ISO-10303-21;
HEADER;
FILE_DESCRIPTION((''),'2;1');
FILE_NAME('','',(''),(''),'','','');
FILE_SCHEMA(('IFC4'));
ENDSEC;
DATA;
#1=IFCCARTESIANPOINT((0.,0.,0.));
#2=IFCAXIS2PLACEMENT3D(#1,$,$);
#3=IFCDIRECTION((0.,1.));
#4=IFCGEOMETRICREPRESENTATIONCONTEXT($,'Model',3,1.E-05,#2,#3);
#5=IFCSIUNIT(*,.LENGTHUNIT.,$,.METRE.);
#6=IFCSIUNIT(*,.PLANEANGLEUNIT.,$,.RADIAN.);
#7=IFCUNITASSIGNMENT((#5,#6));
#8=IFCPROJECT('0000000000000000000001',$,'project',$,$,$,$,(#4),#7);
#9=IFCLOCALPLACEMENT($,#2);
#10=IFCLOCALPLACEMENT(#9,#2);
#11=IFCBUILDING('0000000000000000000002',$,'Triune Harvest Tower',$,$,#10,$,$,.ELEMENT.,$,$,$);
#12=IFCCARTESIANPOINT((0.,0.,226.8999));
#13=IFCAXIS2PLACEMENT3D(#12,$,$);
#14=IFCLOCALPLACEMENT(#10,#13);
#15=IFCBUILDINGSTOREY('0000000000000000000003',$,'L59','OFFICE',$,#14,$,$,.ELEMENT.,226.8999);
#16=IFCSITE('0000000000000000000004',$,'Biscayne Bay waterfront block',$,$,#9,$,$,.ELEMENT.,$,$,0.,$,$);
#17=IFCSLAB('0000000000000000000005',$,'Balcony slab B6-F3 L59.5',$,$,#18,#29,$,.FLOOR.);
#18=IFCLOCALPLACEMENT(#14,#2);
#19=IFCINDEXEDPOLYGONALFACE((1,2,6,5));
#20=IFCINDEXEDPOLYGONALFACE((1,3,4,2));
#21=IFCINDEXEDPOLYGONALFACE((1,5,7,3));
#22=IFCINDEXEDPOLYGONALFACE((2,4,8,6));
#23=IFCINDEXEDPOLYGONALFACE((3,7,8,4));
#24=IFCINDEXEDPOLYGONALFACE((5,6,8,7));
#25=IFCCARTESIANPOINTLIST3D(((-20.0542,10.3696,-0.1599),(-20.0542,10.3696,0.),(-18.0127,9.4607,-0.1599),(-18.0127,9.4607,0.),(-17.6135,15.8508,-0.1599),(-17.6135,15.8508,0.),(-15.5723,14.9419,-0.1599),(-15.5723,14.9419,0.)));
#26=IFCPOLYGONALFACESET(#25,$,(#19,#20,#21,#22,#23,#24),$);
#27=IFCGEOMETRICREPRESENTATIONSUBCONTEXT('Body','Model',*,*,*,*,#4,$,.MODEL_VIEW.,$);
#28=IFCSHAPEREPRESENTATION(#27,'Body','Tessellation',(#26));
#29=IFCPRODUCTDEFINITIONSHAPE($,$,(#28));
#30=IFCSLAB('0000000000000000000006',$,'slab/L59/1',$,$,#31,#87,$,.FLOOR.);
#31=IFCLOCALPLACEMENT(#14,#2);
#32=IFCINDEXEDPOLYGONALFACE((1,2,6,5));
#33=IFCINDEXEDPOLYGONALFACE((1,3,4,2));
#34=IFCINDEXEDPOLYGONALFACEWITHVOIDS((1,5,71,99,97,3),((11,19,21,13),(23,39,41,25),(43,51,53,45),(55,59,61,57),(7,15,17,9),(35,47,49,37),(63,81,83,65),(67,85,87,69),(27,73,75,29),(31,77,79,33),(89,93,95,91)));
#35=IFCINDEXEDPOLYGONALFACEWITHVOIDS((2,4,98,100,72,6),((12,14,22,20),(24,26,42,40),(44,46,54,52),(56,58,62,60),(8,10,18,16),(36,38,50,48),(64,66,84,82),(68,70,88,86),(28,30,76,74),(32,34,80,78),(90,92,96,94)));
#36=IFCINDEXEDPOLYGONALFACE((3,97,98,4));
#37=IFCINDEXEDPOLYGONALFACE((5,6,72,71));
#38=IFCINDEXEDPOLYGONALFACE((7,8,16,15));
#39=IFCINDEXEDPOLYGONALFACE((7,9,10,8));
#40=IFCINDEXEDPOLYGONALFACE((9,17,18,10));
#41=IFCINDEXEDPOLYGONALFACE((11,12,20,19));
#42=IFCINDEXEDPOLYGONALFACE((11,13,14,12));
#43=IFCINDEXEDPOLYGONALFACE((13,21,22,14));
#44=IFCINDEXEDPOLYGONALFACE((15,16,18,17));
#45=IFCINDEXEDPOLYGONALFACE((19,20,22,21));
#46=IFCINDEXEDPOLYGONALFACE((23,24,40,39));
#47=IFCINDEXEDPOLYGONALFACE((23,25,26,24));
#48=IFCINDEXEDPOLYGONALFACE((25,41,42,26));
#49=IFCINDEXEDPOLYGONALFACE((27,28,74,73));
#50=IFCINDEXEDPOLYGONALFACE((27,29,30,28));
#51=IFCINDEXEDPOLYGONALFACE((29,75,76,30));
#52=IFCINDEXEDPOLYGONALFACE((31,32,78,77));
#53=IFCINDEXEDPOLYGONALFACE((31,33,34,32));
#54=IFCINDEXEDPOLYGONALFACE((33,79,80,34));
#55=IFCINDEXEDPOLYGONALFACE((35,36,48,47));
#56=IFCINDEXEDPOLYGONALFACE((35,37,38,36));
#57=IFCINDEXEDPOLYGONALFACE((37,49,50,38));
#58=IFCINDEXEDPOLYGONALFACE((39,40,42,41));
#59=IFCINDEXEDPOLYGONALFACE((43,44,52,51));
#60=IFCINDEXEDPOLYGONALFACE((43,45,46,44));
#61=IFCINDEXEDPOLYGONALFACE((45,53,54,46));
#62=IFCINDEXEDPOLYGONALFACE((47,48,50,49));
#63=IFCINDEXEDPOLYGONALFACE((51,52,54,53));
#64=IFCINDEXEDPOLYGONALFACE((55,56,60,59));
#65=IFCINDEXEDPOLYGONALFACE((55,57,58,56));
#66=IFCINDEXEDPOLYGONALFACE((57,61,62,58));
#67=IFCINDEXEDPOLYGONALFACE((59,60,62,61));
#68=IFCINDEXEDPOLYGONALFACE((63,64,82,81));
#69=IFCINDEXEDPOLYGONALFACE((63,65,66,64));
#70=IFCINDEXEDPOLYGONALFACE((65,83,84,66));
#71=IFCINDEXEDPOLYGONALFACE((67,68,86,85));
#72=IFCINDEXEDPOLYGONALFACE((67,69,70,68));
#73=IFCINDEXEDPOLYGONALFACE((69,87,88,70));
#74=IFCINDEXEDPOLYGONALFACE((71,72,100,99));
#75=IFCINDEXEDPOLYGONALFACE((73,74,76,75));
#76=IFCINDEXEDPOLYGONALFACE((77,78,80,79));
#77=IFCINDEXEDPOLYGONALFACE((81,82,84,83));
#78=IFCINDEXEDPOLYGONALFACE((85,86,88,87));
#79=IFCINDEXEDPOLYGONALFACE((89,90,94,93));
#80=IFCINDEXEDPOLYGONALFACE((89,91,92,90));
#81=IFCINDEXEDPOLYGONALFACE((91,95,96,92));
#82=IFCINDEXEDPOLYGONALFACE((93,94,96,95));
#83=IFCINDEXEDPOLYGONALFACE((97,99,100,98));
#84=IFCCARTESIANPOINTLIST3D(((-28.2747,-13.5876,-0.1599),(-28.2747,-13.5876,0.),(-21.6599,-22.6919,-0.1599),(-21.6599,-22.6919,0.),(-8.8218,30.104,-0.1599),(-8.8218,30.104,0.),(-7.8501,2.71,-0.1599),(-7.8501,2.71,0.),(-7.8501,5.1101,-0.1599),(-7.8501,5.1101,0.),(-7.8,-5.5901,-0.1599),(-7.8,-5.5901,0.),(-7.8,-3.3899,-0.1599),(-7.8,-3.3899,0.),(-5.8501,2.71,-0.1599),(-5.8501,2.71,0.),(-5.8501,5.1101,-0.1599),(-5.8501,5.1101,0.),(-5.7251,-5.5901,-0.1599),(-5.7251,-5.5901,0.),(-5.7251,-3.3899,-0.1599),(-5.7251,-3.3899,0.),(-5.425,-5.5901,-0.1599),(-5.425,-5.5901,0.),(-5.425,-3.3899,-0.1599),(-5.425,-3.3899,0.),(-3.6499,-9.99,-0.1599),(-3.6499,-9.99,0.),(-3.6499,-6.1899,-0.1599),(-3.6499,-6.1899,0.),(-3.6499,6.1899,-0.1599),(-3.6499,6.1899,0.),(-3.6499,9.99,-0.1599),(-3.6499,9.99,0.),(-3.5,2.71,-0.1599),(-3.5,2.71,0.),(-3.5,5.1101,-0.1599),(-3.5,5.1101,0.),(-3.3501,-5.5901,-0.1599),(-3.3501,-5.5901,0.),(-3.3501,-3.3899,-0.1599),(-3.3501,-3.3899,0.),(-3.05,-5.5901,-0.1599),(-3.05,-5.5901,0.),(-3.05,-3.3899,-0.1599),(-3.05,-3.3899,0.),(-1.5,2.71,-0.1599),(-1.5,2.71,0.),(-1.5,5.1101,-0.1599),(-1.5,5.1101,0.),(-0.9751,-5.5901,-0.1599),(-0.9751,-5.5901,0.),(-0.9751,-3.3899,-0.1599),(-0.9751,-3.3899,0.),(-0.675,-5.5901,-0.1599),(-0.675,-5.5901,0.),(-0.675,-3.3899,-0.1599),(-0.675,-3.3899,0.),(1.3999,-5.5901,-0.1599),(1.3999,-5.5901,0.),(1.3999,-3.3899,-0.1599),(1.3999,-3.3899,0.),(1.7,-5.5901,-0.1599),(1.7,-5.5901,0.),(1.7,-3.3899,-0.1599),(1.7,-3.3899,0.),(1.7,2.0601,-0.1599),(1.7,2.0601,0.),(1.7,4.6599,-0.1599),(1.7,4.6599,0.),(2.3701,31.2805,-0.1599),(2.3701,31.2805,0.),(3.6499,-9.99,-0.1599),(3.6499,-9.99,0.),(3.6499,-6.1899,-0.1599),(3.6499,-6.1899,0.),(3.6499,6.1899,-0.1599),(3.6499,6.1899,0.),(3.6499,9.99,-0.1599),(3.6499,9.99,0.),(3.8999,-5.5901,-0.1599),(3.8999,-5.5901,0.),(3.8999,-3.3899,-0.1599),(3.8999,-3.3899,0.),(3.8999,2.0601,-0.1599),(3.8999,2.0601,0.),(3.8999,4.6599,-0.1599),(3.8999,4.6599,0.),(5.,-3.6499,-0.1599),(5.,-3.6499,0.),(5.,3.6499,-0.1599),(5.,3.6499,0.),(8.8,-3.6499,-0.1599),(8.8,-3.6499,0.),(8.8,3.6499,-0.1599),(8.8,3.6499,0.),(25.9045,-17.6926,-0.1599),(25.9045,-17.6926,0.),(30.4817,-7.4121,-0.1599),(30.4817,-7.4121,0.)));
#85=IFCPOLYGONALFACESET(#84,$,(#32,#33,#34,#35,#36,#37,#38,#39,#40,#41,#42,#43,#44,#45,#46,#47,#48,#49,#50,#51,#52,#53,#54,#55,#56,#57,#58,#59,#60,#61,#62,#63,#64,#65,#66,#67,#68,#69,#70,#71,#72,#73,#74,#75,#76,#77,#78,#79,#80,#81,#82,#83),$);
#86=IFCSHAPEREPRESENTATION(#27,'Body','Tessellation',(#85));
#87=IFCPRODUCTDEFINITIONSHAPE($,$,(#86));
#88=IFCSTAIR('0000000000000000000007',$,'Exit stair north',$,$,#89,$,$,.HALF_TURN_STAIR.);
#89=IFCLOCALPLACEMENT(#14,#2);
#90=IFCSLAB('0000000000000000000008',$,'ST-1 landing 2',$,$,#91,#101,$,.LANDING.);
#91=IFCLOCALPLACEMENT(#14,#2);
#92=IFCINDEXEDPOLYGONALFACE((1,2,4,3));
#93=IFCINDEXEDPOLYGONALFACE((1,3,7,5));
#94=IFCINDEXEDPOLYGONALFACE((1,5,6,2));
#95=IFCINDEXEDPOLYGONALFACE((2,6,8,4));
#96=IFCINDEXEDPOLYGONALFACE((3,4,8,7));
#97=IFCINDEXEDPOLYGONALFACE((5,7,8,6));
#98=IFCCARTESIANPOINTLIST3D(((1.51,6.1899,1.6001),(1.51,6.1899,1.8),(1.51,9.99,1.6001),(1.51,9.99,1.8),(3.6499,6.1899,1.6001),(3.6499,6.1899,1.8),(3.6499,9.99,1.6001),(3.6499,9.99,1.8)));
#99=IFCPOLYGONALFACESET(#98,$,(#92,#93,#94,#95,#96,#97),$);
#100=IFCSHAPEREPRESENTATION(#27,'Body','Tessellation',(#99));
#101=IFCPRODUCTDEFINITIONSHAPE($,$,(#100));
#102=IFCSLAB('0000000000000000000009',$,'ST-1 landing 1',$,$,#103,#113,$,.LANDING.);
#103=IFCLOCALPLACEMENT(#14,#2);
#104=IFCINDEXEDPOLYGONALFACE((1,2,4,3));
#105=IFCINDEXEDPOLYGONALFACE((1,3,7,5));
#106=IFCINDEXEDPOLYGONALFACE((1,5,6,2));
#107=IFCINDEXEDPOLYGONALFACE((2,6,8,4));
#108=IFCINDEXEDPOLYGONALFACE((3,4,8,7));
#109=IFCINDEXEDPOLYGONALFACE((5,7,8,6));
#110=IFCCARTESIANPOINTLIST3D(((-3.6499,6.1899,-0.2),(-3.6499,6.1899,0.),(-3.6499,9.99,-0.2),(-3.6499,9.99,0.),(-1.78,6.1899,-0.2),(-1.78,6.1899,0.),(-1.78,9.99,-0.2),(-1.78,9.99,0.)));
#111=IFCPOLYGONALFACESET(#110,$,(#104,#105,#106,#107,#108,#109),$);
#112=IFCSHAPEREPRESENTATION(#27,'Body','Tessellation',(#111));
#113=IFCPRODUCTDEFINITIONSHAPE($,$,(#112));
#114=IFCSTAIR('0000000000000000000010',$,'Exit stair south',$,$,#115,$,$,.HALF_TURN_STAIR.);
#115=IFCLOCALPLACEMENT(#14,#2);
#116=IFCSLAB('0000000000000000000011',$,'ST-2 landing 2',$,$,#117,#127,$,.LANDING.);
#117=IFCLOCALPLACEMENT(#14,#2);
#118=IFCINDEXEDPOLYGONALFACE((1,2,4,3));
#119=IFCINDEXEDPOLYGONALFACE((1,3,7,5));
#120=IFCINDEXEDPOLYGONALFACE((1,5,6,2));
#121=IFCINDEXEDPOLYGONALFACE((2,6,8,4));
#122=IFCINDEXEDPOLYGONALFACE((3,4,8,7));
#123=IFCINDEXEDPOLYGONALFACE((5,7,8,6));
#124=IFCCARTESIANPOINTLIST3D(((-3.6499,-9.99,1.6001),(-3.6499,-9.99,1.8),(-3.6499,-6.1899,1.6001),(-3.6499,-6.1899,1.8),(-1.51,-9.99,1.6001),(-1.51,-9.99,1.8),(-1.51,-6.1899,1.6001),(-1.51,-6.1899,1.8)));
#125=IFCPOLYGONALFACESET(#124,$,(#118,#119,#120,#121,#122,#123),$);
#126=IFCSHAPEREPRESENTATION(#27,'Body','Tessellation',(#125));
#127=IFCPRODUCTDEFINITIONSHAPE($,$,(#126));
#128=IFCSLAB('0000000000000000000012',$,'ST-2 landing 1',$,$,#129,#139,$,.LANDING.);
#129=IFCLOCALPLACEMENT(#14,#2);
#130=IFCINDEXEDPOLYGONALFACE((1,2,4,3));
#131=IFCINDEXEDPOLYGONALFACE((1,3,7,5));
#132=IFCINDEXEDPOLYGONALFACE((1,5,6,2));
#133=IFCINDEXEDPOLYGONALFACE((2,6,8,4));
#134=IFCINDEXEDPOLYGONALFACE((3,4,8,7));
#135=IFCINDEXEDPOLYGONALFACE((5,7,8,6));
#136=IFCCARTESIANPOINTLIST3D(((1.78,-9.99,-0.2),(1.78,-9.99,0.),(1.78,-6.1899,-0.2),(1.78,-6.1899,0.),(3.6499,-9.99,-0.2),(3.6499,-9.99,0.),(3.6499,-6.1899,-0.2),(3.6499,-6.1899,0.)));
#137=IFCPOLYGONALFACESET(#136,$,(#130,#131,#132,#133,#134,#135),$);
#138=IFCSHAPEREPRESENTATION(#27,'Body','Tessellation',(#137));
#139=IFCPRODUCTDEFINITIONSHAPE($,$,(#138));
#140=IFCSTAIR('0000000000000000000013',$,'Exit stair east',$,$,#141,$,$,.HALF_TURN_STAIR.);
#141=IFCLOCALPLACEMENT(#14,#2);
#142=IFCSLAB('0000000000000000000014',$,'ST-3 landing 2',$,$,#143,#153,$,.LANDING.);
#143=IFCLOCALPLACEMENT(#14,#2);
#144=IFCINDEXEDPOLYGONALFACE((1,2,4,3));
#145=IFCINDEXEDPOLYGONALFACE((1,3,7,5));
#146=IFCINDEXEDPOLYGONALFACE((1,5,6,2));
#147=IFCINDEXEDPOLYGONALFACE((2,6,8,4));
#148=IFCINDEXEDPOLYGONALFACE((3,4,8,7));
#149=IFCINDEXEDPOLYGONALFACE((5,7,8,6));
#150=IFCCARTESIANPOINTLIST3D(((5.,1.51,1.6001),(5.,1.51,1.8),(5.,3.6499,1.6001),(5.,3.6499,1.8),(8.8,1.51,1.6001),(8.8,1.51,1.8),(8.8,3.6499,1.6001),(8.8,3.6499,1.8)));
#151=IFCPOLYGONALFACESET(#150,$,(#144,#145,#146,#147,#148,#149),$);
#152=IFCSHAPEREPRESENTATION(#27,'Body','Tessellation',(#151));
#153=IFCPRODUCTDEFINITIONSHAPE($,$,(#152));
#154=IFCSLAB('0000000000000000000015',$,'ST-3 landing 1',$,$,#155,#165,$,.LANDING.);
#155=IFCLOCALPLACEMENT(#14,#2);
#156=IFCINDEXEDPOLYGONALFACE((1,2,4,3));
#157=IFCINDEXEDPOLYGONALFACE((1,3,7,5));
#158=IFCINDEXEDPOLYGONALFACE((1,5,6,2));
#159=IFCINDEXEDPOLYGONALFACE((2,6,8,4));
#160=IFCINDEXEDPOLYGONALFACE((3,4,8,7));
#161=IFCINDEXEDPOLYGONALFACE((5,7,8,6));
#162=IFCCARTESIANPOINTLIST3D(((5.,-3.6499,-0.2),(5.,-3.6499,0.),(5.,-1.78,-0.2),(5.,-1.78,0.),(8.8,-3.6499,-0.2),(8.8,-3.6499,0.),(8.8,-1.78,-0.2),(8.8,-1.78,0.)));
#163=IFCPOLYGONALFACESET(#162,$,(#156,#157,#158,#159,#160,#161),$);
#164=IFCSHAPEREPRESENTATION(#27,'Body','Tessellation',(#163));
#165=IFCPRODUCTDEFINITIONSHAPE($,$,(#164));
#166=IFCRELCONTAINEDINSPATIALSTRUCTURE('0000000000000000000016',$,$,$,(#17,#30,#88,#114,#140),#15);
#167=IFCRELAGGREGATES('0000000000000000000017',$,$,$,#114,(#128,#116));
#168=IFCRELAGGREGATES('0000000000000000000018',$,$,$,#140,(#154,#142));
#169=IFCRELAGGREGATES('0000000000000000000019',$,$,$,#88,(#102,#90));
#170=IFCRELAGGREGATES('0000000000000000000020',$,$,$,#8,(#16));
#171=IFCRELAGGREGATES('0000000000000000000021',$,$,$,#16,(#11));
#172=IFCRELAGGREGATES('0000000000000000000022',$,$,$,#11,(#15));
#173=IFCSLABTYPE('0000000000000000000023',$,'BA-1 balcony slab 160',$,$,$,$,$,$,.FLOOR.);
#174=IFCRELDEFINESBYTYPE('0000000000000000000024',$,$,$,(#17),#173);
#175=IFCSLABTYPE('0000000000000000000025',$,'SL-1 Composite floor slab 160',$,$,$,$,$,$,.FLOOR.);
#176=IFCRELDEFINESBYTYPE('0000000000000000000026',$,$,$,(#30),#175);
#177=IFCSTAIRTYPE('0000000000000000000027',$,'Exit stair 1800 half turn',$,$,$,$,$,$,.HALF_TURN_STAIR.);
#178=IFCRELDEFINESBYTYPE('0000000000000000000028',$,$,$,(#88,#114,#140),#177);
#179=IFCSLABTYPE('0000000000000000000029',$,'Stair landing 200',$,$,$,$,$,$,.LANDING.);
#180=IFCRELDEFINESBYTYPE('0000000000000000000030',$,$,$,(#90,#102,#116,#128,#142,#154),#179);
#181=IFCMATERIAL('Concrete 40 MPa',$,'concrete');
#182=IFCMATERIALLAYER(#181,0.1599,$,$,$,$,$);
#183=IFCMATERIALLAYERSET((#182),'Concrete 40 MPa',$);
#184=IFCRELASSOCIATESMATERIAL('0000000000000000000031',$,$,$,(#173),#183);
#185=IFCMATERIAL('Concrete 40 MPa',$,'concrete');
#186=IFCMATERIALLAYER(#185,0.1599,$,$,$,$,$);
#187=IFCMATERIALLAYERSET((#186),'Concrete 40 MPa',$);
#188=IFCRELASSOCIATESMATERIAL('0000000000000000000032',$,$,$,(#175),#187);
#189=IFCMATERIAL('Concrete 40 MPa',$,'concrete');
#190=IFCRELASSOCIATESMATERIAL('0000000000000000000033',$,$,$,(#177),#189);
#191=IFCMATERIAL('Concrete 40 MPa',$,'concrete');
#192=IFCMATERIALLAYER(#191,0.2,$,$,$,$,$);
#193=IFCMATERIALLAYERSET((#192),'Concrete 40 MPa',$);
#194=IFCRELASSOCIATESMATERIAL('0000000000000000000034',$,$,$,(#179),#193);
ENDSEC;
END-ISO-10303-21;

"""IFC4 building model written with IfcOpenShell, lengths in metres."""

from ifc_helpers import new_model, si_unit, direction, frame, origin, place, context, subcontext, project, spatial, polyline, outline, extrude, source, transform, mapped, material, layer, layer_set, type_object, element, aggregate, save


model = new_model("IFC4")

# Units and contexts
model_context = context("Model", 3, precision=1e-05, world=origin(), true_north=direction((0.0, 1.0)))
body_context = subcontext(model_context, "Body", "Model", "MODEL_VIEW")
ifc_project = project(units=[si_unit("LENGTHUNIT", "METRE"), si_unit("PLANEANGLEUNIT", "RADIAN")], contexts=[model_context])

# Site, building, storey
site_placement = place(None, origin())
site = spatial("IfcSite", under=ifc_project, at=site_placement, Name="Biscayne Bay waterfront block", CompositionType="ELEMENT", RefElevation=0.0)
building_placement = place(site_placement, origin())
building = spatial("IfcBuilding", under=site, at=building_placement, Name="Triune Harvest Tower", CompositionType="ELEMENT")
storey_placement = place(building_placement, frame((0.0, 0.0, 226.8999)))
storey = spatial("IfcBuildingStorey", under=building, at=storey_placement, Name="L59", Description="OFFICE", CompositionType="ELEMENT", Elevation=226.8999)

# Slabs
ifc_material_1 = material(Name="Concrete 40 MPa", Category="concrete")
ifc_layer_1 = layer(ifc_material_1, 0.1599)
ifc_layer_set_1 = layer_set([ifc_layer_1], Name="Concrete 40 MPa")
slab_type_1 = type_object("IfcSlabType", Name="BA-1 balcony slab 160", PredefinedType="FLOOR", material=ifc_layer_set_1)
slab_1_placement = place(storey_placement, frame((0.0, 0.0, -0.1599)))
element("IfcSlab", 1, at=slab_1_placement, inside=storey, type_object=slab_type_1, Name="Balcony slab B6-F3 L59.5", PredefinedType="FLOOR", context=body_context, shape_type="SweptSolid", body=[
    extrude(outline(polyline([(-15.5723, 14.9419), (-18.0127, 9.4607), (-20.0542, 10.3696), (-17.6135, 15.8508), (-15.5723, 14.9419)])), origin(), (0.0, 0.0, 1.0), 0.1599),
])
ifc_material_2 = material(Name="Concrete 40 MPa", Category="concrete")
ifc_layer_2 = layer(ifc_material_2, 0.1599)
ifc_layer_set_2 = layer_set([ifc_layer_2], Name="Concrete 40 MPa")
slab_type_2 = type_object("IfcSlabType", Name="SL-1 Composite floor slab 160", PredefinedType="FLOOR", material=ifc_layer_set_2)
shared_shape_1 = source(origin(), body_context, "Body", "SweptSolid", [
    extrude(outline(polyline([(30.4817, -7.4121), (2.3701, 31.2805), (-8.8218, 30.104), (-28.2747, -13.5876), (-21.6599, -22.6919), (25.9045, -17.6926), (30.4817, -7.4121)]), holes=[polyline([(-5.7251, -5.5901), (-5.7251, -3.3899), (-7.8, -3.3899), (-7.8, -5.5901), (-5.7251, -5.5901)]), polyline([(-3.3501, -5.5901), (-3.3501, -3.3899), (-5.425, -3.3899), (-5.425, -5.5901), (-3.3501, -5.5901)]), polyline([(-0.9751, -5.5901), (-0.9751, -3.3899), (-3.05, -3.3899), (-3.05, -5.5901), (-0.9751, -5.5901)]), polyline([(1.3999, -5.5901), (1.3999, -3.3899), (-0.675, -3.3899), (-0.675, -5.5901), (1.3999, -5.5901)]), polyline([(3.8999, 2.0601), (3.8999, 4.6599), (1.7, 4.6599), (1.7, 2.0601), (3.8999, 2.0601)]), polyline([(3.8999, -5.5901), (3.8999, -3.3899), (1.7, -3.3899), (1.7, -5.5901), (3.8999, -5.5901)]), polyline([(-5.8501, 2.71), (-5.8501, 5.1101), (-7.8501, 5.1101), (-7.8501, 2.71), (-5.8501, 2.71)]), polyline([(-1.5, 2.71), (-1.5, 5.1101), (-3.5, 5.1101), (-3.5, 2.71), (-1.5, 2.71)]), polyline([(3.6499, 6.1899), (3.6499, 9.99), (-3.6499, 9.99), (-3.6499, 6.1899), (3.6499, 6.1899)]), polyline([(3.6499, -9.99), (3.6499, -6.1899), (-3.6499, -6.1899), (-3.6499, -9.99), (3.6499, -9.99)]), polyline([(8.8, -3.6499), (8.8, 3.6499), (5.0, 3.6499), (5.0, -3.6499), (8.8, -3.6499)])]), origin(), (0.0, 0.0, 1.0), 0.1599),
])
slab_2_placement = place(storey_placement, frame((0.0, 0.0, -0.1599)))
element("IfcSlab", 2, at=slab_2_placement, inside=storey, type_object=slab_type_2, Name="slab/L59/1", PredefinedType="FLOOR", context=body_context, shape_type="MappedRepresentation", body=[
    mapped(shared_shape_1, transform((0.0, 0.0, 0.0), scale=1.0)),
])

# Stairs, slabs
ifc_material_3 = material(Name="Concrete 40 MPa", Category="concrete")
stair_type = type_object("IfcStairType", Name="Exit stair 1800 half turn", PredefinedType="HALF_TURN_STAIR", material=ifc_material_3)
stair_1_placement = place(storey_placement, origin())
stair_1 = element("IfcStair", 3, at=stair_1_placement, inside=storey, type_object=stair_type, Name="Exit stair north", PredefinedType="HALF_TURN_STAIR")
ifc_material_4 = material(Name="Concrete 40 MPa", Category="concrete")
ifc_layer_3 = layer(ifc_material_4, 0.2)
ifc_layer_set_3 = layer_set([ifc_layer_3], Name="Concrete 40 MPa")
slab_type_3 = type_object("IfcSlabType", Name="Stair landing 200", PredefinedType="LANDING", material=ifc_layer_set_3)
shared_shape_2 = source(origin(), body_context, "Body", "SweptSolid", [
    extrude(outline(polyline([(1.51, 6.1899), (3.6499, 6.1899), (3.6499, 9.99), (1.51, 9.99), (1.51, 6.1899)])), origin(), (0.0, 0.0, 1.0), 0.2),
])
slab_3_placement = place(storey_placement, frame((0.0, 0.0, 1.6001)))
slab_3 = element("IfcSlab", 4, at=slab_3_placement, type_object=slab_type_3, Name="ST-1 landing 2", PredefinedType="LANDING", context=body_context, shape_type="MappedRepresentation", body=[
    mapped(shared_shape_2, transform((0.0, 0.0, 0.0), scale=1.0)),
])
shared_shape_3 = source(origin(), body_context, "Body", "SweptSolid", [
    extrude(outline(polyline([(-3.6499, 6.1899), (-1.78, 6.1899), (-1.78, 9.99), (-3.6499, 9.99), (-3.6499, 6.1899)])), origin(), (0.0, 0.0, 1.0), 0.2),
])
slab_4_placement = place(storey_placement, frame((0.0, 0.0, -0.2)))
slab_4 = element("IfcSlab", 5, at=slab_4_placement, type_object=slab_type_3, Name="ST-1 landing 1", PredefinedType="LANDING", context=body_context, shape_type="MappedRepresentation", body=[
    mapped(shared_shape_3, transform((0.0, 0.0, 0.0), scale=1.0)),
])
stair_2_placement = place(storey_placement, origin())
stair_2 = element("IfcStair", 6, at=stair_2_placement, inside=storey, type_object=stair_type, Name="Exit stair south", PredefinedType="HALF_TURN_STAIR")
shared_shape_4 = source(origin(), body_context, "Body", "SweptSolid", [
    extrude(outline(polyline([(-1.51, -6.1899), (-3.6499, -6.1899), (-3.6499, -9.99), (-1.51, -9.99), (-1.51, -6.1899)])), origin(), (0.0, 0.0, 1.0), 0.2),
])
slab_5_placement = place(storey_placement, frame((0.0, 0.0, 1.6001)))
slab_5 = element("IfcSlab", 7, at=slab_5_placement, type_object=slab_type_3, Name="ST-2 landing 2", PredefinedType="LANDING", context=body_context, shape_type="MappedRepresentation", body=[
    mapped(shared_shape_4, transform((0.0, 0.0, 0.0), scale=1.0)),
])
shared_shape_5 = source(origin(), body_context, "Body", "SweptSolid", [
    extrude(outline(polyline([(3.6499, -6.1899), (1.78, -6.1899), (1.78, -9.99), (3.6499, -9.99), (3.6499, -6.1899)])), origin(), (0.0, 0.0, 1.0), 0.2),
])
slab_6_placement = place(storey_placement, frame((0.0, 0.0, -0.2)))
slab_6 = element("IfcSlab", 8, at=slab_6_placement, type_object=slab_type_3, Name="ST-2 landing 1", PredefinedType="LANDING", context=body_context, shape_type="MappedRepresentation", body=[
    mapped(shared_shape_5, transform((0.0, 0.0, 0.0), scale=1.0)),
])
aggregate(stair_2, [slab_6, slab_5])
stair_3_placement = place(storey_placement, origin())
stair_3 = element("IfcStair", 9, at=stair_3_placement, inside=storey, type_object=stair_type, Name="Exit stair east", PredefinedType="HALF_TURN_STAIR")
shared_shape_6 = source(origin(), body_context, "Body", "SweptSolid", [
    extrude(outline(polyline([(8.8, 1.51), (8.8, 3.6499), (5.0, 3.6499), (5.0, 1.51), (8.8, 1.51)])), origin(), (0.0, 0.0, 1.0), 0.2),
])
slab_7_placement = place(storey_placement, frame((0.0, 0.0, 1.6001)))
slab_7 = element("IfcSlab", 10, at=slab_7_placement, type_object=slab_type_3, Name="ST-3 landing 2", PredefinedType="LANDING", context=body_context, shape_type="MappedRepresentation", body=[
    mapped(shared_shape_6, transform((0.0, 0.0, 0.0), scale=1.0)),
])
shared_shape_7 = source(origin(), body_context, "Body", "SweptSolid", [
    extrude(outline(polyline([(8.8, -3.6499), (8.8, -1.78), (5.0, -1.78), (5.0, -3.6499), (8.8, -3.6499)])), origin(), (0.0, 0.0, 1.0), 0.2),
])
slab_8_placement = place(storey_placement, frame((0.0, 0.0, -0.2)))
slab_8 = element("IfcSlab", 11, at=slab_8_placement, type_object=slab_type_3, Name="ST-3 landing 1", PredefinedType="LANDING", context=body_context, shape_type="MappedRepresentation", body=[
    mapped(shared_shape_7, transform((0.0, 0.0, 0.0), scale=1.0)),
])
aggregate(stair_3, [slab_8, slab_7])

aggregate(stair_1, [slab_4, slab_3])

save(model, "model.ifc")
